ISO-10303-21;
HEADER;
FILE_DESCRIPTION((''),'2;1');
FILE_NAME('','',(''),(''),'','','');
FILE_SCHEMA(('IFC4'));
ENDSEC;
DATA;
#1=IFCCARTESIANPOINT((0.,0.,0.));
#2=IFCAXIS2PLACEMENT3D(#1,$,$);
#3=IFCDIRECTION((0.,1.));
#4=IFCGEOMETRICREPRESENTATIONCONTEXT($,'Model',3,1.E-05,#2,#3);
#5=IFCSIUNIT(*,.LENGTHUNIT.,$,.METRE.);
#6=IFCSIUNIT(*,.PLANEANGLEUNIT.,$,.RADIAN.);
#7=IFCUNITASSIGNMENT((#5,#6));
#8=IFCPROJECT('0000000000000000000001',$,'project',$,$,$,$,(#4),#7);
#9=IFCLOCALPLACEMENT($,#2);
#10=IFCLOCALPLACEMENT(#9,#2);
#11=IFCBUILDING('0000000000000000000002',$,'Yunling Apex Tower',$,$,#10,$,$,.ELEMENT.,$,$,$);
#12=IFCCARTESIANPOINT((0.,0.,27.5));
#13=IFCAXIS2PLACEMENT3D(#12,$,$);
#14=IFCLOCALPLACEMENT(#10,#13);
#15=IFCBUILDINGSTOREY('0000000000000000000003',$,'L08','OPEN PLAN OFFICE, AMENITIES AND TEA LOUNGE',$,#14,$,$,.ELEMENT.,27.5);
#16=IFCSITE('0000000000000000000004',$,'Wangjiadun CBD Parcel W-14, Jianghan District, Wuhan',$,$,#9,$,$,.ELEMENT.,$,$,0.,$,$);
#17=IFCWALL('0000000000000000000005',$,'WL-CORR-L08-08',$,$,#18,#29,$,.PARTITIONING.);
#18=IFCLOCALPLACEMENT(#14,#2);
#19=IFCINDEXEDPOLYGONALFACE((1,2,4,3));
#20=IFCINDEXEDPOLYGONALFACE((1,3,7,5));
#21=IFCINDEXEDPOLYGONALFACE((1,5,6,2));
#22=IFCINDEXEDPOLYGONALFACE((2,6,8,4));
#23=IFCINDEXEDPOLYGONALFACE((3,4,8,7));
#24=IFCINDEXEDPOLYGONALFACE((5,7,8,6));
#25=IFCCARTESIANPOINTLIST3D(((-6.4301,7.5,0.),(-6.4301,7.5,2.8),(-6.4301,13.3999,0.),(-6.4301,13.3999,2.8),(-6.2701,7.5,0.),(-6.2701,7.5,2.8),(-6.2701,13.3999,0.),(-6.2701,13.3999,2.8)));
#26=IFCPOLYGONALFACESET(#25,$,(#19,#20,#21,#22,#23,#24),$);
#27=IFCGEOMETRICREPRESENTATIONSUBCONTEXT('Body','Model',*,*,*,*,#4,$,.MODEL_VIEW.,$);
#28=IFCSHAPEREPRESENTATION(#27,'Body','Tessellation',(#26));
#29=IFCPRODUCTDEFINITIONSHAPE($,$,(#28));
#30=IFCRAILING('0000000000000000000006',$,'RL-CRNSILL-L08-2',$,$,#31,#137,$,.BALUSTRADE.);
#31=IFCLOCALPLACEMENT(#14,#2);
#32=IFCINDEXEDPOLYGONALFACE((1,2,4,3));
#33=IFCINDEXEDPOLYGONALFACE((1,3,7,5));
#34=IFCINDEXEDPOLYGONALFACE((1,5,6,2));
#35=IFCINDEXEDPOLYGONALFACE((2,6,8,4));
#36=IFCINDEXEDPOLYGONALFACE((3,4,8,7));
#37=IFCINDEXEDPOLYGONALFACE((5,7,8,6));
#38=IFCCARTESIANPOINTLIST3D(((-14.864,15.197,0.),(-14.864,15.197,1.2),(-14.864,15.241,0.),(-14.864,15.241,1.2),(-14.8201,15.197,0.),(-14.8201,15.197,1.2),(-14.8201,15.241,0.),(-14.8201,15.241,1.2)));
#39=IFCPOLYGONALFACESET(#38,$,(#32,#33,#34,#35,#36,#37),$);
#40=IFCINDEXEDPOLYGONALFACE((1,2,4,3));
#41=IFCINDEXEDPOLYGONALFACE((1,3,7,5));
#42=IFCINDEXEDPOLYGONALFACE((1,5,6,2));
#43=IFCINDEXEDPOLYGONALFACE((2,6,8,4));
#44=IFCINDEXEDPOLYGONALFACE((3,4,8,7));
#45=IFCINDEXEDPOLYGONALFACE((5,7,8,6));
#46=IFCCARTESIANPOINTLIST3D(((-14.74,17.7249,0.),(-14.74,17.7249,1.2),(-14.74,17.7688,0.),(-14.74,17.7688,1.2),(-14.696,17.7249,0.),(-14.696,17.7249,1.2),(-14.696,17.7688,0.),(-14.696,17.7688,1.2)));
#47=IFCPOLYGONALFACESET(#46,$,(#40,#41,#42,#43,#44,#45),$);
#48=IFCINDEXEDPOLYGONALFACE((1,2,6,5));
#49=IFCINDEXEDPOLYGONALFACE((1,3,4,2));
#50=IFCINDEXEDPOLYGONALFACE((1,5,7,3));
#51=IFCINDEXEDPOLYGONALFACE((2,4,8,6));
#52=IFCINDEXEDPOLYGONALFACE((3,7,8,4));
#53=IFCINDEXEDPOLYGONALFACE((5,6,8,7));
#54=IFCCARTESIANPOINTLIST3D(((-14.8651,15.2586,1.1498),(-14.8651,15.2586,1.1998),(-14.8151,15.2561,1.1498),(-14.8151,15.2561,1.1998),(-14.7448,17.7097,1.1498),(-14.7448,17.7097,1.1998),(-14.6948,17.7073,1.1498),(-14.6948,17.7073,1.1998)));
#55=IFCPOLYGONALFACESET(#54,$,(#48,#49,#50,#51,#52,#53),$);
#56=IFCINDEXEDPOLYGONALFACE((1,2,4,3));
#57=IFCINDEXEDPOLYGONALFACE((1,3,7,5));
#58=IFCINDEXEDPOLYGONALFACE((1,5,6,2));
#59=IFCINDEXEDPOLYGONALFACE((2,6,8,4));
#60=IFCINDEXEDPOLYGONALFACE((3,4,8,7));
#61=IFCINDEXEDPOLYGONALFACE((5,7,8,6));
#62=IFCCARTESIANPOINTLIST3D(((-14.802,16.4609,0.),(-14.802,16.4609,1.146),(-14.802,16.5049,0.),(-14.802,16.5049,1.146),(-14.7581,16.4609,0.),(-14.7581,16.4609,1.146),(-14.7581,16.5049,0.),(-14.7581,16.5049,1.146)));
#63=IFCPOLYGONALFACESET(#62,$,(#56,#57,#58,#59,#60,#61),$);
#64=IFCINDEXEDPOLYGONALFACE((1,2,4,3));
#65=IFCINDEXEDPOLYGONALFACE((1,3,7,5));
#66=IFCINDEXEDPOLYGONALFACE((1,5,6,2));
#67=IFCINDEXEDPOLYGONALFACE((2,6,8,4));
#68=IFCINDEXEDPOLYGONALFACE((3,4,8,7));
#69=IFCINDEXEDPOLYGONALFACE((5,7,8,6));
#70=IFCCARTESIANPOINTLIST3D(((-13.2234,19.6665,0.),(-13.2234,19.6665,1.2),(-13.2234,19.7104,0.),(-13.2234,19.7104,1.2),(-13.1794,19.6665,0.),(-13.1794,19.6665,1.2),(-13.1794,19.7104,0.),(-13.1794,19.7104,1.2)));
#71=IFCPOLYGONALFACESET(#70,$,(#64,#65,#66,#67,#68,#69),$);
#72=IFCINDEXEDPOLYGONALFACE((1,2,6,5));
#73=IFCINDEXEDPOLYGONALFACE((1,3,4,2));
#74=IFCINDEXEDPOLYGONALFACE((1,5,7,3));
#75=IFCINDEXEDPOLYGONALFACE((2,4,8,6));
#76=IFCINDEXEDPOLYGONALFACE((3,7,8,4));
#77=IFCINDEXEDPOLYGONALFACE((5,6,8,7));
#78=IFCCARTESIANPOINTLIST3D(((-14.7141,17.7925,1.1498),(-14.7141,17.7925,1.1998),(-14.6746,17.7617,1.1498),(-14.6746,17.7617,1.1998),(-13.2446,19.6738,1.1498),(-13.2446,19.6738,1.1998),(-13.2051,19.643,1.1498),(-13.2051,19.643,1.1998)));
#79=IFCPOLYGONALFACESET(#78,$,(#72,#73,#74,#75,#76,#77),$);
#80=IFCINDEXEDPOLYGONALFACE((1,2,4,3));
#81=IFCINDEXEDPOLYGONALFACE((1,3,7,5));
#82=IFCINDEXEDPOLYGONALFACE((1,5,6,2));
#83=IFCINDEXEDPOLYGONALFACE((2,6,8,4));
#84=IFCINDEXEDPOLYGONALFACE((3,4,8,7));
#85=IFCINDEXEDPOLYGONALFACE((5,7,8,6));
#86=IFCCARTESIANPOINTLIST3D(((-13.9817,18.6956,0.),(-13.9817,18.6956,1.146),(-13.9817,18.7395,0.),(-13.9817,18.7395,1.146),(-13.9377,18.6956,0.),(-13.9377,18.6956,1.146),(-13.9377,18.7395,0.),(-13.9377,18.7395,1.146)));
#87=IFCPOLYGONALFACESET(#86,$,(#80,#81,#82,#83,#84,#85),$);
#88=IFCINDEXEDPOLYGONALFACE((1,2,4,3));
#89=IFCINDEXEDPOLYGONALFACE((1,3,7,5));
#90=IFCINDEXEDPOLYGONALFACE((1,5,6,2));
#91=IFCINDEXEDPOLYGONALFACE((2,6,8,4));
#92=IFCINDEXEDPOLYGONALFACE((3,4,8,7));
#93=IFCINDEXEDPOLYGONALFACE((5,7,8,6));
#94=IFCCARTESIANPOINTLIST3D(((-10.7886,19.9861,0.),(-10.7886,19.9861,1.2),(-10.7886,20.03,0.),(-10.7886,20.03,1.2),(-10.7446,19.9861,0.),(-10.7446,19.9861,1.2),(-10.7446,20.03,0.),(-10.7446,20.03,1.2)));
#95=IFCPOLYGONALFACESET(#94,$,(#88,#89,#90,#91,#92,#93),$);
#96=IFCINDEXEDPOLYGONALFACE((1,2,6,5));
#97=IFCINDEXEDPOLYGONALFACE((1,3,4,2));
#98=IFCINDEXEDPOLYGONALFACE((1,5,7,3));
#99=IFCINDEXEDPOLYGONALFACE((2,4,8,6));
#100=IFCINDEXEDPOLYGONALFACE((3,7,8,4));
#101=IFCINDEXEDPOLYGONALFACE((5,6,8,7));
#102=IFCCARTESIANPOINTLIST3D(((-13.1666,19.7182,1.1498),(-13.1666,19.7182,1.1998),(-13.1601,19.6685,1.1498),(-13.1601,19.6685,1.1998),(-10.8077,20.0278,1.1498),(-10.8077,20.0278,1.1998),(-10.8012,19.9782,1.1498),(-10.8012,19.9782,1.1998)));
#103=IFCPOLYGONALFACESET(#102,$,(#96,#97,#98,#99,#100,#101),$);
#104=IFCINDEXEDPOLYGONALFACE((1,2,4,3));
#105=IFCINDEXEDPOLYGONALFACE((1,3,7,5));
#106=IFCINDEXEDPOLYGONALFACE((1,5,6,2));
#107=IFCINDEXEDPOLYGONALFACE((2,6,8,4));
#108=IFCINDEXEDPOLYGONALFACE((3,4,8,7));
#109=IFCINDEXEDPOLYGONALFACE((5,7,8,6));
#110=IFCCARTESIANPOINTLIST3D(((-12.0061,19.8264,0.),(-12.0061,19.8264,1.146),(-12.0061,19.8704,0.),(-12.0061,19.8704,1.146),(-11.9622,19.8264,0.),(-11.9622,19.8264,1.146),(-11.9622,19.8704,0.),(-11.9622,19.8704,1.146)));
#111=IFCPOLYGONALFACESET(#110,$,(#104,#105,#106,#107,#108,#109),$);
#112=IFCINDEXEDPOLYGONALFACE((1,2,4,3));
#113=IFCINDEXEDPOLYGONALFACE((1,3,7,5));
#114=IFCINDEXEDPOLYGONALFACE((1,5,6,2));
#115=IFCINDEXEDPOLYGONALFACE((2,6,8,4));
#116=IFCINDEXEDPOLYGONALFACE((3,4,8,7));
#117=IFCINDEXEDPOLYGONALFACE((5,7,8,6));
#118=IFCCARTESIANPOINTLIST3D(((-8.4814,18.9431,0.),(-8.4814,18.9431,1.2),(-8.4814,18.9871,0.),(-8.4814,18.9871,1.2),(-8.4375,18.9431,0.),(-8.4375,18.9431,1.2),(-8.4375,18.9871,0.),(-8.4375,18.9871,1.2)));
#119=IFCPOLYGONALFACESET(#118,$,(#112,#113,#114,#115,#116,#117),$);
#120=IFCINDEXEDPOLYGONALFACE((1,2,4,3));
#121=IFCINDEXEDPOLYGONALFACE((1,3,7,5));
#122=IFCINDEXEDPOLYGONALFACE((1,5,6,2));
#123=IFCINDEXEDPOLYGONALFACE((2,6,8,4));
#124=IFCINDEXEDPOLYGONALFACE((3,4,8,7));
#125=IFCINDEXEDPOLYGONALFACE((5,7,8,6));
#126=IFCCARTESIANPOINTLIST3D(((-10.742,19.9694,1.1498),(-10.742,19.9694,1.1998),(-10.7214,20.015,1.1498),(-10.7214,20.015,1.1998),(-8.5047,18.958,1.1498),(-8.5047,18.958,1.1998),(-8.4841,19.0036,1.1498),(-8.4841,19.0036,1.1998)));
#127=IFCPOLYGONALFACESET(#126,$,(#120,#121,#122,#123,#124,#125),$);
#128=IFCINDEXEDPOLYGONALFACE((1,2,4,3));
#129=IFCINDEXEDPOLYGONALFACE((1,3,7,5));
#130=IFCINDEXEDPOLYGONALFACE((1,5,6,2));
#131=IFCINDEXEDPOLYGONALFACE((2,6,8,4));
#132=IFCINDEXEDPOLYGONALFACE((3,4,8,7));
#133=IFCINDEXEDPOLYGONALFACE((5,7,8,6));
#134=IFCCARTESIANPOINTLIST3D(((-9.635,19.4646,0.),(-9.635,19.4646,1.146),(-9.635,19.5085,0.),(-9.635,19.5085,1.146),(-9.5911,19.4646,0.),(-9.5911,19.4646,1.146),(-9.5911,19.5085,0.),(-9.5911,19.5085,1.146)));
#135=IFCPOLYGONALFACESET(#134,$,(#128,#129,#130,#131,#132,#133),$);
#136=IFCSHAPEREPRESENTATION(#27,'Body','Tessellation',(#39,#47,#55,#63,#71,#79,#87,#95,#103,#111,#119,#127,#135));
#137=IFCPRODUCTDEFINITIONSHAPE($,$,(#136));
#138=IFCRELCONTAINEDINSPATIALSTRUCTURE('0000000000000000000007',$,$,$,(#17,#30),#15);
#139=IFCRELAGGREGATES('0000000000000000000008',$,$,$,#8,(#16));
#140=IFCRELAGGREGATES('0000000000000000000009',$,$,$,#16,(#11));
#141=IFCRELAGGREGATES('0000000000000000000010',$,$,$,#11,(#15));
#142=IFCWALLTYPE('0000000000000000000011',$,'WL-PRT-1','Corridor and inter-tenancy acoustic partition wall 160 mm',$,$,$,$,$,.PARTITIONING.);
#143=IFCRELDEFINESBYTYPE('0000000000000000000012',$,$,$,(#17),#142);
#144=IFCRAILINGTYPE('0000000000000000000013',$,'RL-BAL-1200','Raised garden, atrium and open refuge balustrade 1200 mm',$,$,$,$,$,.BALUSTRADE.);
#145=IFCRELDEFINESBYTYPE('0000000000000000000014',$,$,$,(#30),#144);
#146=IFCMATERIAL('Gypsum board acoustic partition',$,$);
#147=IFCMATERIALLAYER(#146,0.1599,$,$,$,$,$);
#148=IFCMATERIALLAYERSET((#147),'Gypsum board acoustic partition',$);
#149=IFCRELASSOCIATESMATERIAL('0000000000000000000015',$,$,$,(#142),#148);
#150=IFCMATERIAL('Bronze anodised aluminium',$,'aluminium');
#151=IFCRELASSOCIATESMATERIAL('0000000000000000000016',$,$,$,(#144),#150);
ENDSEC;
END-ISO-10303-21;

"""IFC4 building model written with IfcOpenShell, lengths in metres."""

from ifc_helpers import new_model, si_unit, direction, frame, frame_2d, origin, origin_2d, place, context, subcontext, project, spatial, rectangle, extrude, material, layer, layer_set, type_object, element, save


model = new_model("IFC4")

# Units and contexts
model_context = context("Model", 3, precision=1e-05, world=origin(), true_north=direction((0.0, 1.0)))
body_context = subcontext(model_context, "Body", "Model", "MODEL_VIEW")
ifc_project = project(units=[si_unit("LENGTHUNIT", "METRE"), si_unit("PLANEANGLEUNIT", "RADIAN")], contexts=[model_context])

# Site, building, storey
site_placement = place(None, origin())
site = spatial("IfcSite", under=ifc_project, at=site_placement, Name="Wangjiadun CBD Parcel W-14, Jianghan District, Wuhan", CompositionType="ELEMENT", RefElevation=0.0)
building_placement = place(site_placement, origin())
building = spatial("IfcBuilding", under=site, at=building_placement, Name="Yunling Apex Tower", CompositionType="ELEMENT")
storey_placement = place(building_placement, frame((0.0, 0.0, 27.5)))
storey = spatial("IfcBuildingStorey", under=building, at=storey_placement, Name="L08", Description="OPEN PLAN OFFICE, AMENITIES AND TEA LOUNGE", CompositionType="ELEMENT", Elevation=27.5)

# Shared definitions
ifc_material_1 = material(Name="Bronze anodised aluminium", Category="aluminium")

# Wall
ifc_material_2 = material(Name="Gypsum board acoustic partition")
ifc_layer_1 = layer(ifc_material_2, 0.1599)
ifc_layer_set_1 = layer_set([ifc_layer_1], Name="Gypsum board acoustic partition")
wall_type = type_object("IfcWallType", Name="WL-PRT-1", Description="Corridor and inter-tenancy acoustic partition wall 160 mm", PredefinedType="PARTITIONING", material=ifc_layer_set_1)
wall_placement = place(storey_placement, frame((-6.3501, 13.3999, 0.0), z_axis=(0.0, 0.0, 1.0), x_axis=(0.0, -1.0, 0.0)))
element("IfcWall", 1, at=wall_placement, inside=storey, type_object=wall_type, Name="WL-CORR-L08-08", PredefinedType="PARTITIONING", context=body_context, shape_type="SweptSolid", body=[
    extrude(rectangle(XDim=5.8999, YDim=0.1599, at=frame_2d((2.95, 0.0))), origin(), (0.0, 0.0, 1.0), 2.8),
])

# Railing
railing_type = type_object("IfcRailingType", Name="RL-BAL-1200", Description="Raised garden, atrium and open refuge balustrade 1200 mm", PredefinedType="BALUSTRADE", material=ifc_material_1)
railing_placement = place(storey_placement, frame((-14.842, 15.219, 0.0)))
element("IfcRailing", 2, at=railing_placement, inside=storey, type_object=railing_type, Name="RL-CRNSILL-L08-2", PredefinedType="BALUSTRADE", context=body_context, shape_type="SweptSolid", body=[
    extrude(rectangle(XDim=0.0439, YDim=0.0439, at=origin_2d()), origin(), (0.0, 0.0, 1.0), 1.2),
    extrude(rectangle(XDim=0.0439, YDim=0.0439, at=origin_2d()), frame((0.124, 2.5278, 0.0)), (0.0, 0.0, 1.0), 1.2),
    extrude(rectangle(XDim=0.05, YDim=0.05, at=origin_2d()), frame((0.002, 0.0383, 1.1748), z_axis=(0.049004, 0.998799, 0.0), x_axis=(-0.998799, 0.049004, 0.0)), (0.0, 0.0, 1.0), 2.4541),
    extrude(rectangle(XDim=0.0439, YDim=0.0439, at=origin_2d()), frame((0.062, 1.2639, 0.0)), (0.0, 0.0, 1.0), 1.146),
    extrude(rectangle(XDim=0.0439, YDim=0.0439, at=origin_2d()), frame((1.6406, 4.4695, 0.0)), (0.0, 0.0, 1.0), 1.2),
    extrude(rectangle(XDim=0.05, YDim=0.05, at=origin_2d()), frame((0.1477, 2.5581, 1.1748), z_axis=(0.615565, 0.788086, 0.0), x_axis=(-0.788086, 0.615565, 0.0)), (0.0, 0.0, 1.0), 2.3872),
    extrude(rectangle(XDim=0.0439, YDim=0.0439, at=origin_2d()), frame((0.8823, 3.4985, 0.0)), (0.0, 0.0, 1.0), 1.146),
    extrude(rectangle(XDim=0.0439, YDim=0.0439, at=origin_2d()), frame((4.0754, 4.7891, 0.0)), (0.0, 0.0, 1.0), 1.2),
    extrude(rectangle(XDim=0.05, YDim=0.05, at=origin_2d()), frame((1.6787, 4.4744, 1.1748), z_axis=(0.991496, 0.130138, 0.0), x_axis=(-0.130138, 0.991496, 0.0)), (0.0, 0.0, 1.0), 2.3792),
    extrude(rectangle(XDim=0.0439, YDim=0.0439, at=origin_2d()), frame((2.8579, 4.6294, 0.0)), (0.0, 0.0, 1.0), 1.146),
    extrude(rectangle(XDim=0.0439, YDim=0.0439, at=origin_2d()), frame((6.3826, 3.7461, 0.0)), (0.0, 0.0, 1.0), 1.2),
    extrude(rectangle(XDim=0.05, YDim=0.05, at=origin_2d()), frame((4.1104, 4.7732, 1.1748), z_axis=(0.911217, -0.411928, 0.0), x_axis=(0.411928, 0.911217, 0.0)), (0.0, 0.0, 1.0), 2.4553),
    extrude(rectangle(XDim=0.0439, YDim=0.0439, at=origin_2d()), frame((5.229, 4.2676, 0.0)), (0.0, 0.0, 1.0), 1.146),
])

save(model, "model.ifc")
